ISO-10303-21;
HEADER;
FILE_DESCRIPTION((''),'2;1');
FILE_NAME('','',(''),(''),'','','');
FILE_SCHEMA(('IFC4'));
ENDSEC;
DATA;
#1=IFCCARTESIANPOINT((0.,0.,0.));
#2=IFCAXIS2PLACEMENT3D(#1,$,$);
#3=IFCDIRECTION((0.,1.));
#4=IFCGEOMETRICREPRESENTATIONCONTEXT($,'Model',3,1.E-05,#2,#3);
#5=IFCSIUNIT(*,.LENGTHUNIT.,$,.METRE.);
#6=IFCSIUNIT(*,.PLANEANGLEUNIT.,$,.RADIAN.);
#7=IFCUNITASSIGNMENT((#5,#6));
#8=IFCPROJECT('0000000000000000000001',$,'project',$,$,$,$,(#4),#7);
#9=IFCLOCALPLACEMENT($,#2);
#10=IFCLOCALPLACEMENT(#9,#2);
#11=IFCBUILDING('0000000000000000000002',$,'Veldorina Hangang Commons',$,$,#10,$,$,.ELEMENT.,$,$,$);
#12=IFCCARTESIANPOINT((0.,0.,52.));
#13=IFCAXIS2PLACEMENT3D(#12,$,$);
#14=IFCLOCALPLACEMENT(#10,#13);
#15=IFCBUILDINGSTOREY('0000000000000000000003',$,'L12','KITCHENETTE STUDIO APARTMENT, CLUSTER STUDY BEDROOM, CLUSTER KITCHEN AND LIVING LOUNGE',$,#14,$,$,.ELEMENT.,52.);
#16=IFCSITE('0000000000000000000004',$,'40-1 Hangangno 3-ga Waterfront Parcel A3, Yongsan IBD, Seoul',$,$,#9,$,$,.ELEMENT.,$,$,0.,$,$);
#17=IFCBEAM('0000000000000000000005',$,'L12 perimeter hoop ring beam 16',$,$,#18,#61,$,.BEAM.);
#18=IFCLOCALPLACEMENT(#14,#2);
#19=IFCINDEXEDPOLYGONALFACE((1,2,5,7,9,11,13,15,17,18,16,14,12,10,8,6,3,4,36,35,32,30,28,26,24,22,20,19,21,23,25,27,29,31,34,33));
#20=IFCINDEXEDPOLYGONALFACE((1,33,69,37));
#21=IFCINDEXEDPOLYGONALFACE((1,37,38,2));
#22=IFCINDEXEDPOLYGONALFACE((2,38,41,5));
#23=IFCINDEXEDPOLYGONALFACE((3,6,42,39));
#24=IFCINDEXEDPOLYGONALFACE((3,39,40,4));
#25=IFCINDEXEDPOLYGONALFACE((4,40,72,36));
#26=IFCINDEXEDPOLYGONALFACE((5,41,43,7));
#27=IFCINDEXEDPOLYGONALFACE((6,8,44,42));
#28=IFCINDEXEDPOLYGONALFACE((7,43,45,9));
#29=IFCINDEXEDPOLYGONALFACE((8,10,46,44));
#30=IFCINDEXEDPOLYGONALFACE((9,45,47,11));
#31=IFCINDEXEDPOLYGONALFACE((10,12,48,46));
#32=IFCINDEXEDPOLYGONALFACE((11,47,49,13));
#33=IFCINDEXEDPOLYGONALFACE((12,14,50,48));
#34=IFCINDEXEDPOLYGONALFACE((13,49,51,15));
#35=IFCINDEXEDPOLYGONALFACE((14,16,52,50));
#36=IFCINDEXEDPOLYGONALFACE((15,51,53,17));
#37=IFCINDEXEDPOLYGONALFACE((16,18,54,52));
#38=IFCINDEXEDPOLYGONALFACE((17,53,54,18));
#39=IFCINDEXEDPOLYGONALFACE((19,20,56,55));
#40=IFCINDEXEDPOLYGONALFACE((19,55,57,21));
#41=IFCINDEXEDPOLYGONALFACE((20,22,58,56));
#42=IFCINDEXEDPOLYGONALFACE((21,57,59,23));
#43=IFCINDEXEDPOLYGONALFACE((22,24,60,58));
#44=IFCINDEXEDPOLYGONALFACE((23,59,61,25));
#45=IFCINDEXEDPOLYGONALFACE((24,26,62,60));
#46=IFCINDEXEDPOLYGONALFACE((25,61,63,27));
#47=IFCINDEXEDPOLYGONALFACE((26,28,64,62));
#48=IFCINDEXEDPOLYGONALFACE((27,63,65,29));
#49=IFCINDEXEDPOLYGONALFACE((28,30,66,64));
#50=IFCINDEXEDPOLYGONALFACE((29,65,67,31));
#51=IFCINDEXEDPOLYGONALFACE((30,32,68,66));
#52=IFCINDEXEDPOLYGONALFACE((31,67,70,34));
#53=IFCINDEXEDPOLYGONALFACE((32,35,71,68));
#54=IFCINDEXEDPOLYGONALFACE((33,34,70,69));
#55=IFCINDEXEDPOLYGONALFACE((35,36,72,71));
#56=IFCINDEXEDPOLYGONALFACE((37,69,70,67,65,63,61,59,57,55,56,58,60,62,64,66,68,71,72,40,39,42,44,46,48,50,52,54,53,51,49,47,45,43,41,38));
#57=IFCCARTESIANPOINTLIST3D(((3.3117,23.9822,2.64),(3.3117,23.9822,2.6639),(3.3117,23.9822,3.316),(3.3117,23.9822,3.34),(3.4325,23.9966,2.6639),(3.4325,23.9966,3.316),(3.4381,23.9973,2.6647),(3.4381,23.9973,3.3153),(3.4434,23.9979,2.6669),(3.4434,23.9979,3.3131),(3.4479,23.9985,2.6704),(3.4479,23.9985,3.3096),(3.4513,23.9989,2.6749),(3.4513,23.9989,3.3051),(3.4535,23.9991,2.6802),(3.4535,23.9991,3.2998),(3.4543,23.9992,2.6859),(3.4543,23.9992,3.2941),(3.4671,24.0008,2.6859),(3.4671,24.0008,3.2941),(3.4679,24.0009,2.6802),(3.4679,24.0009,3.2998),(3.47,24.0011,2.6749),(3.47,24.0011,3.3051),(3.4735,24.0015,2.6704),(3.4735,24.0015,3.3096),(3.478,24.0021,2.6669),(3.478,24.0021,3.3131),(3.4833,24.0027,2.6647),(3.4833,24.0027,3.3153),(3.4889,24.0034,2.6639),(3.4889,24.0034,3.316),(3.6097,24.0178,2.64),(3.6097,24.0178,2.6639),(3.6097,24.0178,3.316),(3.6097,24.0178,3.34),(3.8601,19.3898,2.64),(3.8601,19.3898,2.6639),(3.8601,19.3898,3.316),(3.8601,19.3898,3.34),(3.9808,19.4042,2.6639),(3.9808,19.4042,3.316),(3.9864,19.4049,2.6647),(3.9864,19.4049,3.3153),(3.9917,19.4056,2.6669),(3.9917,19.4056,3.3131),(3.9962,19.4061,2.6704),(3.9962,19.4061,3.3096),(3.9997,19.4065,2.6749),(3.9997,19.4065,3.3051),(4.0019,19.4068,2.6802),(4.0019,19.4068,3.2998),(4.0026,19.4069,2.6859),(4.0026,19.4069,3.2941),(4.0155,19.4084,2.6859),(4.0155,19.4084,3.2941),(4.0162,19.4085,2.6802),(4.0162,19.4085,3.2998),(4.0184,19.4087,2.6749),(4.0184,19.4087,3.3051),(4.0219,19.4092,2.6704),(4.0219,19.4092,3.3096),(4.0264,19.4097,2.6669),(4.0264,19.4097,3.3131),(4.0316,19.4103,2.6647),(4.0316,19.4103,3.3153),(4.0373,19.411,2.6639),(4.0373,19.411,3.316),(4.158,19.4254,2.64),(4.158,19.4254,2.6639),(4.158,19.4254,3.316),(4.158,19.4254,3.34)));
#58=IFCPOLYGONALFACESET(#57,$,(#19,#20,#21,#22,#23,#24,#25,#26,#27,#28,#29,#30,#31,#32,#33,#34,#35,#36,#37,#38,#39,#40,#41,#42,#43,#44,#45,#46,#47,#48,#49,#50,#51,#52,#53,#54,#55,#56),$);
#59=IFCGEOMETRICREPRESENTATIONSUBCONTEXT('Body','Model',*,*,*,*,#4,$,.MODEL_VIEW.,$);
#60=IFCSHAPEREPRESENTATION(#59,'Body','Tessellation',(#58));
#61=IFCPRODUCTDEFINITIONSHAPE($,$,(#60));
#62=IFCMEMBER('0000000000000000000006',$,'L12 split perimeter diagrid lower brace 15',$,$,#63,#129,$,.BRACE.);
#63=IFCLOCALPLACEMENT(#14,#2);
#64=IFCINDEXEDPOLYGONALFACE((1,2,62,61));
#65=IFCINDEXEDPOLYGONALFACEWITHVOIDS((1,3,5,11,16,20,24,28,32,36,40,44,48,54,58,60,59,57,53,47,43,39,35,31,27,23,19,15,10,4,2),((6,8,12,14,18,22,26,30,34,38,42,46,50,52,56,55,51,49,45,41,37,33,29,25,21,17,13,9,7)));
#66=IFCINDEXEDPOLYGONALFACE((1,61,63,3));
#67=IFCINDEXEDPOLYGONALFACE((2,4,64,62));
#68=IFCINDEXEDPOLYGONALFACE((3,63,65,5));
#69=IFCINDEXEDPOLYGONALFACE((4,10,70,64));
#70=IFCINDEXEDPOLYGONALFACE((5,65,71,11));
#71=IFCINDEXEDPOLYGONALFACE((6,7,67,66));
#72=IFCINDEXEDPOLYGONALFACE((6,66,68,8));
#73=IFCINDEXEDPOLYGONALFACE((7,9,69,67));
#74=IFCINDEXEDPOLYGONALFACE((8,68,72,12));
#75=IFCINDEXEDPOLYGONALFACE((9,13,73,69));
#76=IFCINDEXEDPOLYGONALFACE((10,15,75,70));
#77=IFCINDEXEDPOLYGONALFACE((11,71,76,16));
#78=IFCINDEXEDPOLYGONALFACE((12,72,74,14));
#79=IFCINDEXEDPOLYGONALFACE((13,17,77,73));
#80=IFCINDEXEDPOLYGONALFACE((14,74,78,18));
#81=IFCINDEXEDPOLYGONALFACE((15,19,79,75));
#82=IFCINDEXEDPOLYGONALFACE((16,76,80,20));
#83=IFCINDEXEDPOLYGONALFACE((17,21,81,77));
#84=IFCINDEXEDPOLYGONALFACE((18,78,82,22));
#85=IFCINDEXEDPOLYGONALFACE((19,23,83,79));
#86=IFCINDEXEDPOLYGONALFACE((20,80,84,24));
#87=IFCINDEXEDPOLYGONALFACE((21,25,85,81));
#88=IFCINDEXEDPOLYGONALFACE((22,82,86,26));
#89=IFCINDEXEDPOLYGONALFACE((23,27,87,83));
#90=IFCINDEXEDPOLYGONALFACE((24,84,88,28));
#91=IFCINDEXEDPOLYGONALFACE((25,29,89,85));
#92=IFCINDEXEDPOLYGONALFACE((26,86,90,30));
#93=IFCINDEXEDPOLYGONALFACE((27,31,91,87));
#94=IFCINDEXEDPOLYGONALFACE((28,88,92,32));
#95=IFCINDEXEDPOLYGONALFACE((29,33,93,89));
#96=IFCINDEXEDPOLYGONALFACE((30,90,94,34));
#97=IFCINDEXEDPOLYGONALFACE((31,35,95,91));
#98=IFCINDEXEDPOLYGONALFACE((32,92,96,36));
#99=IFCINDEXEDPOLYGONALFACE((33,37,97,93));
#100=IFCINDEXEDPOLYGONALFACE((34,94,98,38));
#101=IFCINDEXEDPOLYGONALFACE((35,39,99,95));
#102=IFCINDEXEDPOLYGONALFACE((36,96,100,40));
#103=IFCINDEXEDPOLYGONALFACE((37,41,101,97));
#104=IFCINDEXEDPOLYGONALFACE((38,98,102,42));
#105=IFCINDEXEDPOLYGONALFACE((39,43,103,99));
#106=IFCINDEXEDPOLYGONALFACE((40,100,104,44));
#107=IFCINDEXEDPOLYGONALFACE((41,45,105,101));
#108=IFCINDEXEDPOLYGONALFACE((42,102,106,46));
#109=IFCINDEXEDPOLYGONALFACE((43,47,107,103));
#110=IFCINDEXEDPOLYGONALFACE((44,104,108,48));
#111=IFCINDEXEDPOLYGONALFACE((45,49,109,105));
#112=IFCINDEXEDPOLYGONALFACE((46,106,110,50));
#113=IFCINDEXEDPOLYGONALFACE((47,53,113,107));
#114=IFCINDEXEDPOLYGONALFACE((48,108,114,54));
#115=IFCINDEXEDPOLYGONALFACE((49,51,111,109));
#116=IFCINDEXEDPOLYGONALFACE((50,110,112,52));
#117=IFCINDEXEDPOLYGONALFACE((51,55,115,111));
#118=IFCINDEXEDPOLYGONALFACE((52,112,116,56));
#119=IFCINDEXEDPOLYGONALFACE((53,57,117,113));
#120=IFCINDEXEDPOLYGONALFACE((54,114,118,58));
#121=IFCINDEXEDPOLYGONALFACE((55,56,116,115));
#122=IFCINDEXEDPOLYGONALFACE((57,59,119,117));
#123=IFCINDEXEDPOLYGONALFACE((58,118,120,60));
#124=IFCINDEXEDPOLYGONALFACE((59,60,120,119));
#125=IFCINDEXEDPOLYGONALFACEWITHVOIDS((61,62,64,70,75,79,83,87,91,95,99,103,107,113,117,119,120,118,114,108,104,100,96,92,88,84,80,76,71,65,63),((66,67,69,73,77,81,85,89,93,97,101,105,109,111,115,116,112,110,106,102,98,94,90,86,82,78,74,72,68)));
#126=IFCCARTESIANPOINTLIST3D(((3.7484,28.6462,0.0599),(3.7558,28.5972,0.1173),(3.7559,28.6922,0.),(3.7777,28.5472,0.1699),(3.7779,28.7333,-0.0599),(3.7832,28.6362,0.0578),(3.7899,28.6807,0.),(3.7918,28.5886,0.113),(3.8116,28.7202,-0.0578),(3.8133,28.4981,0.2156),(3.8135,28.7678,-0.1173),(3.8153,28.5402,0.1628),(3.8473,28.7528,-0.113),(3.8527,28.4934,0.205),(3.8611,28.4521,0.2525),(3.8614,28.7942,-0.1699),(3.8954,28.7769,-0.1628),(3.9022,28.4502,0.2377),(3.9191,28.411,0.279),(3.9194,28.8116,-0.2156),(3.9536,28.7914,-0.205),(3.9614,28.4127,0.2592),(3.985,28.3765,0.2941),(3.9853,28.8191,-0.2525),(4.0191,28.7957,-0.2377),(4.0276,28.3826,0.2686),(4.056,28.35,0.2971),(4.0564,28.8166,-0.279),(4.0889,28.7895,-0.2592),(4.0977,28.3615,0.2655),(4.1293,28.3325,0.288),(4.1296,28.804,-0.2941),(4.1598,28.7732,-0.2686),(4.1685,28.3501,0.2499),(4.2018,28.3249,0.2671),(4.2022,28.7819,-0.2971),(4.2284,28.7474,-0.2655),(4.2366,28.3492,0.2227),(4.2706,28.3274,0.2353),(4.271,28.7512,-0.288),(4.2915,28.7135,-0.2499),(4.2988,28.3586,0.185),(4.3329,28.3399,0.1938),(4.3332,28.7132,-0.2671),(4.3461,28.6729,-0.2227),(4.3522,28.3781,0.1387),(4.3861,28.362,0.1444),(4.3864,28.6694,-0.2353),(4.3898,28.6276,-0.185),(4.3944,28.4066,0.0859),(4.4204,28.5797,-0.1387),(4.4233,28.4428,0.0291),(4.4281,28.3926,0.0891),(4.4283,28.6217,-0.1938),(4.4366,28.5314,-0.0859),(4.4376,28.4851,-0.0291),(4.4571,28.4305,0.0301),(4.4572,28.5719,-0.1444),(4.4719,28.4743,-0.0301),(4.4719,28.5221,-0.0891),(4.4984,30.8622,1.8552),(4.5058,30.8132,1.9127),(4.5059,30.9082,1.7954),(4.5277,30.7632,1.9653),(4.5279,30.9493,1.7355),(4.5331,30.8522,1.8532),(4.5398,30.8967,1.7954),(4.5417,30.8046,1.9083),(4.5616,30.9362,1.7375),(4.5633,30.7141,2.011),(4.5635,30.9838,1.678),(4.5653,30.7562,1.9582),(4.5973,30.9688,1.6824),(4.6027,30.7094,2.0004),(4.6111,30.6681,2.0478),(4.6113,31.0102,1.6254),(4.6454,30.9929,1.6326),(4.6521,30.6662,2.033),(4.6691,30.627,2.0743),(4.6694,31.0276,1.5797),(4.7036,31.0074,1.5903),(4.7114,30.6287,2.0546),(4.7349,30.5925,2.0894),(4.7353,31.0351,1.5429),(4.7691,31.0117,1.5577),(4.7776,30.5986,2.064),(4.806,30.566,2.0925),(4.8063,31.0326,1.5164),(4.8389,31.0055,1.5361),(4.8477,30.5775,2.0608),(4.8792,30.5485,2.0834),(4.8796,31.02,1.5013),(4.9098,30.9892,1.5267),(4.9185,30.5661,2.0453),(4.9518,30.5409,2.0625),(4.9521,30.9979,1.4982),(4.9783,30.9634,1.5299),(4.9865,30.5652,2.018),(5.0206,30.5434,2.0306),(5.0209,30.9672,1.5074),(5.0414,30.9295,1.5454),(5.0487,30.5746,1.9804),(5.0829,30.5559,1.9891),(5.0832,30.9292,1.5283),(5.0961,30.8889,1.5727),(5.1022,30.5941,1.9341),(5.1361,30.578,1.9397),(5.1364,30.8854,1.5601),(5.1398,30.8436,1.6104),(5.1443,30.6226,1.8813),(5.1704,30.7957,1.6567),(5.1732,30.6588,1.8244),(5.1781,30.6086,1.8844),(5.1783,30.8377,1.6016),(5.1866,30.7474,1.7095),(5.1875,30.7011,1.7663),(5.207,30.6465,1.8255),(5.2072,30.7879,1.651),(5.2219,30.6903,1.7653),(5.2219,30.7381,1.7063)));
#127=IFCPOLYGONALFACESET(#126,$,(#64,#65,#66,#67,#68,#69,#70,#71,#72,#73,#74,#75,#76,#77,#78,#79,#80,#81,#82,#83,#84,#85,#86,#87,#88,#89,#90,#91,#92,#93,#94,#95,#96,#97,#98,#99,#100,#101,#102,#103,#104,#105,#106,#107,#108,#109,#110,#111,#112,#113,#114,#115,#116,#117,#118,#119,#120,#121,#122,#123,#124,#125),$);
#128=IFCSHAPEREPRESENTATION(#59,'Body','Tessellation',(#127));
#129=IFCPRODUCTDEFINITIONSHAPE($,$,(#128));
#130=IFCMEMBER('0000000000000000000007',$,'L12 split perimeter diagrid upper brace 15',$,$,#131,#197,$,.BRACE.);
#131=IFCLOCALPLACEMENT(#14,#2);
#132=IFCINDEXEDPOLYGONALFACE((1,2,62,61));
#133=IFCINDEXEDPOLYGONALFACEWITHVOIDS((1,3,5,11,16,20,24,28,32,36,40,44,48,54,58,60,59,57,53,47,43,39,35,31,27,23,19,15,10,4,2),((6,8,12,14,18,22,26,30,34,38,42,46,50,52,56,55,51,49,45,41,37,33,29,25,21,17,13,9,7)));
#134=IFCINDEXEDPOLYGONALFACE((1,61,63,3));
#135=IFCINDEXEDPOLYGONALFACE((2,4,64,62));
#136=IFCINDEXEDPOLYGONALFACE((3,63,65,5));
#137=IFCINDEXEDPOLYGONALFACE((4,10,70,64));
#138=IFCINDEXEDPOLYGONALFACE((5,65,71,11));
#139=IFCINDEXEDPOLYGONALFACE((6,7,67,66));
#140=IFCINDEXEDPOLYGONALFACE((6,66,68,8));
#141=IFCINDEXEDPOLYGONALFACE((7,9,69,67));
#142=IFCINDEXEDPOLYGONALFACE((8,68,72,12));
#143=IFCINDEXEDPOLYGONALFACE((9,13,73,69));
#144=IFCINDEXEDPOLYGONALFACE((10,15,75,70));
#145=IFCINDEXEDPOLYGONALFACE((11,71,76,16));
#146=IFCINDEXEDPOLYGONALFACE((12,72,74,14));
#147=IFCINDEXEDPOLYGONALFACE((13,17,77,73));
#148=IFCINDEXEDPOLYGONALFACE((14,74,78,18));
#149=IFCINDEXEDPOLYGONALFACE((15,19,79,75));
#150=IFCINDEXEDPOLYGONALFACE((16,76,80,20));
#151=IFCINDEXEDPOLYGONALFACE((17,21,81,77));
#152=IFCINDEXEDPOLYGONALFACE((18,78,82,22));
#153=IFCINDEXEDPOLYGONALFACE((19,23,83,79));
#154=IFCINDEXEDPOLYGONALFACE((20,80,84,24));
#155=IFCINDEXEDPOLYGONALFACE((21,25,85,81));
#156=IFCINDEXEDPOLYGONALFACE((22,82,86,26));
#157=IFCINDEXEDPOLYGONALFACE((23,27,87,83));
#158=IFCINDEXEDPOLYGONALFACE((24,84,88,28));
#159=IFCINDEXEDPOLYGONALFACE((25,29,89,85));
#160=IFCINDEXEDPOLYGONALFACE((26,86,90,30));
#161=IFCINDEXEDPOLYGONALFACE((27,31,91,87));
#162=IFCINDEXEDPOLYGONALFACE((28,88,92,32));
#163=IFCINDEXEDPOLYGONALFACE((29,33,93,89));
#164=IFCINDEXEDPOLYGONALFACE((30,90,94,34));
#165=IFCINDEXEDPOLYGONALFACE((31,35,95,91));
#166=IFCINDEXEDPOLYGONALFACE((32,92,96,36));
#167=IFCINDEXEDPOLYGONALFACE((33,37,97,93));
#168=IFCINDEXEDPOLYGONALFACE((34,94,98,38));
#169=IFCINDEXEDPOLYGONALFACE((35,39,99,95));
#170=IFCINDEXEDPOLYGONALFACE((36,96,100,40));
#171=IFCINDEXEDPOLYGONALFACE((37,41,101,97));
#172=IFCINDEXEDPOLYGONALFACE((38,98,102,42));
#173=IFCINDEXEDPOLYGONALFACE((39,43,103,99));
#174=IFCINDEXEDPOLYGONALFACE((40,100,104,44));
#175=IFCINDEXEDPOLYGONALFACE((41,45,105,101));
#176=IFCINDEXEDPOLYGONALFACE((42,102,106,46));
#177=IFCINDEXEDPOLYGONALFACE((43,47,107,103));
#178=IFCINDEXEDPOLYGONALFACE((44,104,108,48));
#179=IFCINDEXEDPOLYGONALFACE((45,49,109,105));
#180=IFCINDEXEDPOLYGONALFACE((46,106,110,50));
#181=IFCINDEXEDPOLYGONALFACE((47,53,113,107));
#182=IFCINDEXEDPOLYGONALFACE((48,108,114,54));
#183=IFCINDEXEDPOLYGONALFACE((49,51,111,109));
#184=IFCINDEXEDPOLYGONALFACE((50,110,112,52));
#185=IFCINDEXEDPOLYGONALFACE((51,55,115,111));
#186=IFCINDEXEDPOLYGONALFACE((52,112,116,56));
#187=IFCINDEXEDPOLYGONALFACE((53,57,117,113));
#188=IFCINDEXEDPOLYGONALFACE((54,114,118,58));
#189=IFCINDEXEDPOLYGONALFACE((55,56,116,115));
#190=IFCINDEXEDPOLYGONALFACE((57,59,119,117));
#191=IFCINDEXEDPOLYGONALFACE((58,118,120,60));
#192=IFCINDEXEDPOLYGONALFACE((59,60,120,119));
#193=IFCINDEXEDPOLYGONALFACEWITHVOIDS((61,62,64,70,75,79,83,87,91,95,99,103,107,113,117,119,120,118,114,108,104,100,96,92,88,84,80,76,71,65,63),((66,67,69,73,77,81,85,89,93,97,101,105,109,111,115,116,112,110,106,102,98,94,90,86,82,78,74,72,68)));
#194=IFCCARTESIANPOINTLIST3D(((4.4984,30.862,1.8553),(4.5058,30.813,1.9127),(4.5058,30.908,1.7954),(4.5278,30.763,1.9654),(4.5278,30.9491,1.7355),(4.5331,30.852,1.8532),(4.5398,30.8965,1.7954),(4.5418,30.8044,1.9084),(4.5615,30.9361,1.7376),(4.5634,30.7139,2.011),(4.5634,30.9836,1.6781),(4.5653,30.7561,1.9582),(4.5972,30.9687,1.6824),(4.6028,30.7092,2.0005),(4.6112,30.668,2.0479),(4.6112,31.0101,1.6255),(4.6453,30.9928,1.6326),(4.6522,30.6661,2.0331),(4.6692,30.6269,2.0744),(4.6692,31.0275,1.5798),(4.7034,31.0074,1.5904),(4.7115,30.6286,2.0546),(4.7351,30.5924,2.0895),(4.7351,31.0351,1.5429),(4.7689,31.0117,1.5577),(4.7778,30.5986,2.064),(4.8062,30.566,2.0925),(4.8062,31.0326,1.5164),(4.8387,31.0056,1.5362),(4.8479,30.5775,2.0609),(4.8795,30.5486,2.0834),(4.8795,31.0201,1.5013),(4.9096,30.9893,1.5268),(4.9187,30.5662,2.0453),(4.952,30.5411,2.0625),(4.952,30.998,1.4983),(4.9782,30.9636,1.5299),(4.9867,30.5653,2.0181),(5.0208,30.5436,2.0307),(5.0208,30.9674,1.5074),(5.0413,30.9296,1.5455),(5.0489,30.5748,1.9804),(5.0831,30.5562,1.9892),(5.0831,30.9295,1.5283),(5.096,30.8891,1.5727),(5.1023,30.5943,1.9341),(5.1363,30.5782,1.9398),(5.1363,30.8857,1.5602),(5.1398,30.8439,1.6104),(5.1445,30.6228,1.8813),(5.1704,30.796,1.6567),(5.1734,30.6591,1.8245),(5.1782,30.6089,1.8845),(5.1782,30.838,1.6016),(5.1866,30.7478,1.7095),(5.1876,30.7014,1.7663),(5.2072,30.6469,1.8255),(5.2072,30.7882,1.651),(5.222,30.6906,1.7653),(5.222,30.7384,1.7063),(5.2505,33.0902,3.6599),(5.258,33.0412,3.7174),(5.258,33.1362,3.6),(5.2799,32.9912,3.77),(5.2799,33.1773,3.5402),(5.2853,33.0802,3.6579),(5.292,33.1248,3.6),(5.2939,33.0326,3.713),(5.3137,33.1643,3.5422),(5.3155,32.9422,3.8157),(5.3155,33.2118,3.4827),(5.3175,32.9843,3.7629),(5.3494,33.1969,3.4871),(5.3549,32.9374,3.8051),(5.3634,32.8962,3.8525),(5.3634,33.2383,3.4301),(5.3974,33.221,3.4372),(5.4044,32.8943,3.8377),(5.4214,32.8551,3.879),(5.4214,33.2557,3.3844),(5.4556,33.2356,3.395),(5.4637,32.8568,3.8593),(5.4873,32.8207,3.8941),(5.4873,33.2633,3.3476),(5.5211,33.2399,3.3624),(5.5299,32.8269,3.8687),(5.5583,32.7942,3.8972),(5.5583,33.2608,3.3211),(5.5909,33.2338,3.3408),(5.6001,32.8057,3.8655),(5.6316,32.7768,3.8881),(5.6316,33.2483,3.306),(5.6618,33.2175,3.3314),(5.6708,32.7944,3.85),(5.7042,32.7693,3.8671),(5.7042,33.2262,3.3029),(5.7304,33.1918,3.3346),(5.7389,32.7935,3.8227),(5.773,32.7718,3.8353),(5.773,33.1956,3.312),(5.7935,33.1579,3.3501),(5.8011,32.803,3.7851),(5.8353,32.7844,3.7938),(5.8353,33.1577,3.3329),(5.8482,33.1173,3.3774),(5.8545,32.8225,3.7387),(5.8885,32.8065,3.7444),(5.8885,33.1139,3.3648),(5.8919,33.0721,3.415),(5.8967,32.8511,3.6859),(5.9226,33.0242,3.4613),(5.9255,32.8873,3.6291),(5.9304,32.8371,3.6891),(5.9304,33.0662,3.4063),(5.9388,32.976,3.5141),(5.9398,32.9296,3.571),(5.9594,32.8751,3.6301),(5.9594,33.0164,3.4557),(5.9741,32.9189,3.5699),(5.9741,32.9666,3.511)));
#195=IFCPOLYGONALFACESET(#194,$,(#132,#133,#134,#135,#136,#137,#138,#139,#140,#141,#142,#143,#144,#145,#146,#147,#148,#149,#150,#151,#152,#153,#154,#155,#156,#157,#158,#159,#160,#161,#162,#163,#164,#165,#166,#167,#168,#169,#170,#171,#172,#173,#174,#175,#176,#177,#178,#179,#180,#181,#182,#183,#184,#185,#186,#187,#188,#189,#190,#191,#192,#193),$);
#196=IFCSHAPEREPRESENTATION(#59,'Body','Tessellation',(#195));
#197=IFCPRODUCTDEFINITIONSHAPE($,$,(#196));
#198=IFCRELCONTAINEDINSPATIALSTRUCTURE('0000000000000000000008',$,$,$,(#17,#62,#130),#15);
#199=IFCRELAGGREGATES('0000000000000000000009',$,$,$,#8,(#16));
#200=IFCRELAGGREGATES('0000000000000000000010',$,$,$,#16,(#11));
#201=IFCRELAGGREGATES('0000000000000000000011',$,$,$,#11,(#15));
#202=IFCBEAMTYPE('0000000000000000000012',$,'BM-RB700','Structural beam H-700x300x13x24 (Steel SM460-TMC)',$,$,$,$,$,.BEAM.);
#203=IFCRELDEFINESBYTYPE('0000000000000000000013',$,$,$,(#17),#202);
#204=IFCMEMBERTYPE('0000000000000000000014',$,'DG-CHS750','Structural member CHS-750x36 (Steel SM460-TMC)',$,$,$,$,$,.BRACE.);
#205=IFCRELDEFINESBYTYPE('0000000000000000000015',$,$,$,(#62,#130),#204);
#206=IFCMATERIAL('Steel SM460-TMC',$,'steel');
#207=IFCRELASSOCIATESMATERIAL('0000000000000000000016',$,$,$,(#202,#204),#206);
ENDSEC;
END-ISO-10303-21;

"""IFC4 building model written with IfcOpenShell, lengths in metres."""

from ifc_helpers import new_model, si_unit, direction, frame, origin, origin_2d, place, context, subcontext, project, spatial, hollow_circle, i_section, extrude, material, material_profile, profile_set, type_object, element, save


model = new_model("IFC4")

# Units and contexts
model_context = context("Model", 3, precision=1e-05, world=origin(), true_north=direction((0.0, 1.0)))
body_context = subcontext(model_context, "Body", "Model", "MODEL_VIEW")
ifc_project = project(units=[si_unit("LENGTHUNIT", "METRE"), si_unit("PLANEANGLEUNIT", "RADIAN")], contexts=[model_context])

# Site, building, storey
site_placement = place(None, origin())
site = spatial("IfcSite", under=ifc_project, at=site_placement, Name="40-1 Hangangno 3-ga Waterfront Parcel A3, Yongsan IBD, Seoul", CompositionType="ELEMENT", RefElevation=0.0)
building_placement = place(site_placement, origin())
building = spatial("IfcBuilding", under=site, at=building_placement, Name="Veldorina Hangang Commons", CompositionType="ELEMENT")
storey_placement = place(building_placement, frame((0.0, 0.0, 52.0)))
storey = spatial("IfcBuildingStorey", under=building, at=storey_placement, Name="L12", Description="KITCHENETTE STUDIO APARTMENT, CLUSTER STUDY BEDROOM, CLUSTER KITCHEN AND LIVING LOUNGE", CompositionType="ELEMENT", Elevation=52.0)

# Beam
ifc_material_1 = material(Name="Steel SM460-TMC", Category="steel")
ifc_material_profile_1 = material_profile(ifc_material_1, i_section(OverallWidth=0.3, OverallDepth=0.7, WebThickness=0.0129, FlangeThickness=0.0239, FilletRadius=0.022, at=origin_2d()), Name="H-700x300x13x24")
ifc_profile_set_1 = profile_set([ifc_material_profile_1], Name="Steel SM460-TMC")
beam_type_1 = type_object("IfcBeamType", Name="BM-RB700", Description="Structural beam H-700x300x13x24 (Steel SM460-TMC)", PredefinedType="BEAM", material=ifc_profile_set_1)
for number, where, z_axis, x_axis, name in (
    (1, (3.4607, 24.0, 2.99), (0.118562, -0.992947, 0.0), (0.992947, 0.118562, 0.0), "L12 perimeter hoop ring beam 16"),
):
    element("IfcBeam", number, at=place(storey_placement, frame(where, z_axis=z_axis, x_axis=x_axis)), inside=storey, type_object=beam_type_1, Name=name, PredefinedType="BEAM", context=body_context, shape_type="SweptSolid", body=[
        extrude(i_section(OverallWidth=0.3, OverallDepth=0.7, WebThickness=0.0129, FlangeThickness=0.0239, FilletRadius=0.022, at=origin_2d()), origin(), (0.0, 0.0, 1.0), 4.625),
    ])

# Members
ifc_material_profile_2 = material_profile(ifc_material_1, hollow_circle(Radius=0.375, WallThickness=0.0359, at=origin_2d()), Name="CHS-750x36")
ifc_profile_set_2 = profile_set([ifc_material_profile_2], Name="Steel SM460-TMC")
member_type = type_object("IfcMemberType", Name="DG-CHS750", Description="Structural member CHS-750x36 (Steel SM460-TMC)", PredefinedType="BRACE", material=ifc_profile_set_2)
member_1_placement = place(storey_placement, frame((4.1111, 28.572, 0.0), z_axis=(0.254319, 0.751448, 0.608808), x_axis=(-0.947223, 0.320576, 0.0)))
element("IfcMember", 2, at=member_1_placement, inside=storey, type_object=member_type, Name="L12 split perimeter diagrid lower brace 15", PredefinedType="BRACE", context=body_context, shape_type="SweptSolid", body=[
    extrude(hollow_circle(Radius=0.375, WallThickness=0.0359, at=origin_2d()), origin(), (0.0, 0.0, 1.0), 2.949),
])
member_2_placement = place(storey_placement, frame((4.8611, 30.7881, 1.7954), z_axis=(0.25374, 0.751667, 0.608779), x_axis=(-0.947472, 0.319838, 0.0)))
element("IfcMember", 3, at=member_2_placement, inside=storey, type_object=member_type, Name="L12 split perimeter diagrid upper brace 15", PredefinedType="BRACE", context=body_context, shape_type="SweptSolid", body=[
    extrude(hollow_circle(Radius=0.375, WallThickness=0.0359, at=origin_2d()), origin(), (0.0, 0.0, 1.0), 2.9644),
])

save(model, "model.ifc")
